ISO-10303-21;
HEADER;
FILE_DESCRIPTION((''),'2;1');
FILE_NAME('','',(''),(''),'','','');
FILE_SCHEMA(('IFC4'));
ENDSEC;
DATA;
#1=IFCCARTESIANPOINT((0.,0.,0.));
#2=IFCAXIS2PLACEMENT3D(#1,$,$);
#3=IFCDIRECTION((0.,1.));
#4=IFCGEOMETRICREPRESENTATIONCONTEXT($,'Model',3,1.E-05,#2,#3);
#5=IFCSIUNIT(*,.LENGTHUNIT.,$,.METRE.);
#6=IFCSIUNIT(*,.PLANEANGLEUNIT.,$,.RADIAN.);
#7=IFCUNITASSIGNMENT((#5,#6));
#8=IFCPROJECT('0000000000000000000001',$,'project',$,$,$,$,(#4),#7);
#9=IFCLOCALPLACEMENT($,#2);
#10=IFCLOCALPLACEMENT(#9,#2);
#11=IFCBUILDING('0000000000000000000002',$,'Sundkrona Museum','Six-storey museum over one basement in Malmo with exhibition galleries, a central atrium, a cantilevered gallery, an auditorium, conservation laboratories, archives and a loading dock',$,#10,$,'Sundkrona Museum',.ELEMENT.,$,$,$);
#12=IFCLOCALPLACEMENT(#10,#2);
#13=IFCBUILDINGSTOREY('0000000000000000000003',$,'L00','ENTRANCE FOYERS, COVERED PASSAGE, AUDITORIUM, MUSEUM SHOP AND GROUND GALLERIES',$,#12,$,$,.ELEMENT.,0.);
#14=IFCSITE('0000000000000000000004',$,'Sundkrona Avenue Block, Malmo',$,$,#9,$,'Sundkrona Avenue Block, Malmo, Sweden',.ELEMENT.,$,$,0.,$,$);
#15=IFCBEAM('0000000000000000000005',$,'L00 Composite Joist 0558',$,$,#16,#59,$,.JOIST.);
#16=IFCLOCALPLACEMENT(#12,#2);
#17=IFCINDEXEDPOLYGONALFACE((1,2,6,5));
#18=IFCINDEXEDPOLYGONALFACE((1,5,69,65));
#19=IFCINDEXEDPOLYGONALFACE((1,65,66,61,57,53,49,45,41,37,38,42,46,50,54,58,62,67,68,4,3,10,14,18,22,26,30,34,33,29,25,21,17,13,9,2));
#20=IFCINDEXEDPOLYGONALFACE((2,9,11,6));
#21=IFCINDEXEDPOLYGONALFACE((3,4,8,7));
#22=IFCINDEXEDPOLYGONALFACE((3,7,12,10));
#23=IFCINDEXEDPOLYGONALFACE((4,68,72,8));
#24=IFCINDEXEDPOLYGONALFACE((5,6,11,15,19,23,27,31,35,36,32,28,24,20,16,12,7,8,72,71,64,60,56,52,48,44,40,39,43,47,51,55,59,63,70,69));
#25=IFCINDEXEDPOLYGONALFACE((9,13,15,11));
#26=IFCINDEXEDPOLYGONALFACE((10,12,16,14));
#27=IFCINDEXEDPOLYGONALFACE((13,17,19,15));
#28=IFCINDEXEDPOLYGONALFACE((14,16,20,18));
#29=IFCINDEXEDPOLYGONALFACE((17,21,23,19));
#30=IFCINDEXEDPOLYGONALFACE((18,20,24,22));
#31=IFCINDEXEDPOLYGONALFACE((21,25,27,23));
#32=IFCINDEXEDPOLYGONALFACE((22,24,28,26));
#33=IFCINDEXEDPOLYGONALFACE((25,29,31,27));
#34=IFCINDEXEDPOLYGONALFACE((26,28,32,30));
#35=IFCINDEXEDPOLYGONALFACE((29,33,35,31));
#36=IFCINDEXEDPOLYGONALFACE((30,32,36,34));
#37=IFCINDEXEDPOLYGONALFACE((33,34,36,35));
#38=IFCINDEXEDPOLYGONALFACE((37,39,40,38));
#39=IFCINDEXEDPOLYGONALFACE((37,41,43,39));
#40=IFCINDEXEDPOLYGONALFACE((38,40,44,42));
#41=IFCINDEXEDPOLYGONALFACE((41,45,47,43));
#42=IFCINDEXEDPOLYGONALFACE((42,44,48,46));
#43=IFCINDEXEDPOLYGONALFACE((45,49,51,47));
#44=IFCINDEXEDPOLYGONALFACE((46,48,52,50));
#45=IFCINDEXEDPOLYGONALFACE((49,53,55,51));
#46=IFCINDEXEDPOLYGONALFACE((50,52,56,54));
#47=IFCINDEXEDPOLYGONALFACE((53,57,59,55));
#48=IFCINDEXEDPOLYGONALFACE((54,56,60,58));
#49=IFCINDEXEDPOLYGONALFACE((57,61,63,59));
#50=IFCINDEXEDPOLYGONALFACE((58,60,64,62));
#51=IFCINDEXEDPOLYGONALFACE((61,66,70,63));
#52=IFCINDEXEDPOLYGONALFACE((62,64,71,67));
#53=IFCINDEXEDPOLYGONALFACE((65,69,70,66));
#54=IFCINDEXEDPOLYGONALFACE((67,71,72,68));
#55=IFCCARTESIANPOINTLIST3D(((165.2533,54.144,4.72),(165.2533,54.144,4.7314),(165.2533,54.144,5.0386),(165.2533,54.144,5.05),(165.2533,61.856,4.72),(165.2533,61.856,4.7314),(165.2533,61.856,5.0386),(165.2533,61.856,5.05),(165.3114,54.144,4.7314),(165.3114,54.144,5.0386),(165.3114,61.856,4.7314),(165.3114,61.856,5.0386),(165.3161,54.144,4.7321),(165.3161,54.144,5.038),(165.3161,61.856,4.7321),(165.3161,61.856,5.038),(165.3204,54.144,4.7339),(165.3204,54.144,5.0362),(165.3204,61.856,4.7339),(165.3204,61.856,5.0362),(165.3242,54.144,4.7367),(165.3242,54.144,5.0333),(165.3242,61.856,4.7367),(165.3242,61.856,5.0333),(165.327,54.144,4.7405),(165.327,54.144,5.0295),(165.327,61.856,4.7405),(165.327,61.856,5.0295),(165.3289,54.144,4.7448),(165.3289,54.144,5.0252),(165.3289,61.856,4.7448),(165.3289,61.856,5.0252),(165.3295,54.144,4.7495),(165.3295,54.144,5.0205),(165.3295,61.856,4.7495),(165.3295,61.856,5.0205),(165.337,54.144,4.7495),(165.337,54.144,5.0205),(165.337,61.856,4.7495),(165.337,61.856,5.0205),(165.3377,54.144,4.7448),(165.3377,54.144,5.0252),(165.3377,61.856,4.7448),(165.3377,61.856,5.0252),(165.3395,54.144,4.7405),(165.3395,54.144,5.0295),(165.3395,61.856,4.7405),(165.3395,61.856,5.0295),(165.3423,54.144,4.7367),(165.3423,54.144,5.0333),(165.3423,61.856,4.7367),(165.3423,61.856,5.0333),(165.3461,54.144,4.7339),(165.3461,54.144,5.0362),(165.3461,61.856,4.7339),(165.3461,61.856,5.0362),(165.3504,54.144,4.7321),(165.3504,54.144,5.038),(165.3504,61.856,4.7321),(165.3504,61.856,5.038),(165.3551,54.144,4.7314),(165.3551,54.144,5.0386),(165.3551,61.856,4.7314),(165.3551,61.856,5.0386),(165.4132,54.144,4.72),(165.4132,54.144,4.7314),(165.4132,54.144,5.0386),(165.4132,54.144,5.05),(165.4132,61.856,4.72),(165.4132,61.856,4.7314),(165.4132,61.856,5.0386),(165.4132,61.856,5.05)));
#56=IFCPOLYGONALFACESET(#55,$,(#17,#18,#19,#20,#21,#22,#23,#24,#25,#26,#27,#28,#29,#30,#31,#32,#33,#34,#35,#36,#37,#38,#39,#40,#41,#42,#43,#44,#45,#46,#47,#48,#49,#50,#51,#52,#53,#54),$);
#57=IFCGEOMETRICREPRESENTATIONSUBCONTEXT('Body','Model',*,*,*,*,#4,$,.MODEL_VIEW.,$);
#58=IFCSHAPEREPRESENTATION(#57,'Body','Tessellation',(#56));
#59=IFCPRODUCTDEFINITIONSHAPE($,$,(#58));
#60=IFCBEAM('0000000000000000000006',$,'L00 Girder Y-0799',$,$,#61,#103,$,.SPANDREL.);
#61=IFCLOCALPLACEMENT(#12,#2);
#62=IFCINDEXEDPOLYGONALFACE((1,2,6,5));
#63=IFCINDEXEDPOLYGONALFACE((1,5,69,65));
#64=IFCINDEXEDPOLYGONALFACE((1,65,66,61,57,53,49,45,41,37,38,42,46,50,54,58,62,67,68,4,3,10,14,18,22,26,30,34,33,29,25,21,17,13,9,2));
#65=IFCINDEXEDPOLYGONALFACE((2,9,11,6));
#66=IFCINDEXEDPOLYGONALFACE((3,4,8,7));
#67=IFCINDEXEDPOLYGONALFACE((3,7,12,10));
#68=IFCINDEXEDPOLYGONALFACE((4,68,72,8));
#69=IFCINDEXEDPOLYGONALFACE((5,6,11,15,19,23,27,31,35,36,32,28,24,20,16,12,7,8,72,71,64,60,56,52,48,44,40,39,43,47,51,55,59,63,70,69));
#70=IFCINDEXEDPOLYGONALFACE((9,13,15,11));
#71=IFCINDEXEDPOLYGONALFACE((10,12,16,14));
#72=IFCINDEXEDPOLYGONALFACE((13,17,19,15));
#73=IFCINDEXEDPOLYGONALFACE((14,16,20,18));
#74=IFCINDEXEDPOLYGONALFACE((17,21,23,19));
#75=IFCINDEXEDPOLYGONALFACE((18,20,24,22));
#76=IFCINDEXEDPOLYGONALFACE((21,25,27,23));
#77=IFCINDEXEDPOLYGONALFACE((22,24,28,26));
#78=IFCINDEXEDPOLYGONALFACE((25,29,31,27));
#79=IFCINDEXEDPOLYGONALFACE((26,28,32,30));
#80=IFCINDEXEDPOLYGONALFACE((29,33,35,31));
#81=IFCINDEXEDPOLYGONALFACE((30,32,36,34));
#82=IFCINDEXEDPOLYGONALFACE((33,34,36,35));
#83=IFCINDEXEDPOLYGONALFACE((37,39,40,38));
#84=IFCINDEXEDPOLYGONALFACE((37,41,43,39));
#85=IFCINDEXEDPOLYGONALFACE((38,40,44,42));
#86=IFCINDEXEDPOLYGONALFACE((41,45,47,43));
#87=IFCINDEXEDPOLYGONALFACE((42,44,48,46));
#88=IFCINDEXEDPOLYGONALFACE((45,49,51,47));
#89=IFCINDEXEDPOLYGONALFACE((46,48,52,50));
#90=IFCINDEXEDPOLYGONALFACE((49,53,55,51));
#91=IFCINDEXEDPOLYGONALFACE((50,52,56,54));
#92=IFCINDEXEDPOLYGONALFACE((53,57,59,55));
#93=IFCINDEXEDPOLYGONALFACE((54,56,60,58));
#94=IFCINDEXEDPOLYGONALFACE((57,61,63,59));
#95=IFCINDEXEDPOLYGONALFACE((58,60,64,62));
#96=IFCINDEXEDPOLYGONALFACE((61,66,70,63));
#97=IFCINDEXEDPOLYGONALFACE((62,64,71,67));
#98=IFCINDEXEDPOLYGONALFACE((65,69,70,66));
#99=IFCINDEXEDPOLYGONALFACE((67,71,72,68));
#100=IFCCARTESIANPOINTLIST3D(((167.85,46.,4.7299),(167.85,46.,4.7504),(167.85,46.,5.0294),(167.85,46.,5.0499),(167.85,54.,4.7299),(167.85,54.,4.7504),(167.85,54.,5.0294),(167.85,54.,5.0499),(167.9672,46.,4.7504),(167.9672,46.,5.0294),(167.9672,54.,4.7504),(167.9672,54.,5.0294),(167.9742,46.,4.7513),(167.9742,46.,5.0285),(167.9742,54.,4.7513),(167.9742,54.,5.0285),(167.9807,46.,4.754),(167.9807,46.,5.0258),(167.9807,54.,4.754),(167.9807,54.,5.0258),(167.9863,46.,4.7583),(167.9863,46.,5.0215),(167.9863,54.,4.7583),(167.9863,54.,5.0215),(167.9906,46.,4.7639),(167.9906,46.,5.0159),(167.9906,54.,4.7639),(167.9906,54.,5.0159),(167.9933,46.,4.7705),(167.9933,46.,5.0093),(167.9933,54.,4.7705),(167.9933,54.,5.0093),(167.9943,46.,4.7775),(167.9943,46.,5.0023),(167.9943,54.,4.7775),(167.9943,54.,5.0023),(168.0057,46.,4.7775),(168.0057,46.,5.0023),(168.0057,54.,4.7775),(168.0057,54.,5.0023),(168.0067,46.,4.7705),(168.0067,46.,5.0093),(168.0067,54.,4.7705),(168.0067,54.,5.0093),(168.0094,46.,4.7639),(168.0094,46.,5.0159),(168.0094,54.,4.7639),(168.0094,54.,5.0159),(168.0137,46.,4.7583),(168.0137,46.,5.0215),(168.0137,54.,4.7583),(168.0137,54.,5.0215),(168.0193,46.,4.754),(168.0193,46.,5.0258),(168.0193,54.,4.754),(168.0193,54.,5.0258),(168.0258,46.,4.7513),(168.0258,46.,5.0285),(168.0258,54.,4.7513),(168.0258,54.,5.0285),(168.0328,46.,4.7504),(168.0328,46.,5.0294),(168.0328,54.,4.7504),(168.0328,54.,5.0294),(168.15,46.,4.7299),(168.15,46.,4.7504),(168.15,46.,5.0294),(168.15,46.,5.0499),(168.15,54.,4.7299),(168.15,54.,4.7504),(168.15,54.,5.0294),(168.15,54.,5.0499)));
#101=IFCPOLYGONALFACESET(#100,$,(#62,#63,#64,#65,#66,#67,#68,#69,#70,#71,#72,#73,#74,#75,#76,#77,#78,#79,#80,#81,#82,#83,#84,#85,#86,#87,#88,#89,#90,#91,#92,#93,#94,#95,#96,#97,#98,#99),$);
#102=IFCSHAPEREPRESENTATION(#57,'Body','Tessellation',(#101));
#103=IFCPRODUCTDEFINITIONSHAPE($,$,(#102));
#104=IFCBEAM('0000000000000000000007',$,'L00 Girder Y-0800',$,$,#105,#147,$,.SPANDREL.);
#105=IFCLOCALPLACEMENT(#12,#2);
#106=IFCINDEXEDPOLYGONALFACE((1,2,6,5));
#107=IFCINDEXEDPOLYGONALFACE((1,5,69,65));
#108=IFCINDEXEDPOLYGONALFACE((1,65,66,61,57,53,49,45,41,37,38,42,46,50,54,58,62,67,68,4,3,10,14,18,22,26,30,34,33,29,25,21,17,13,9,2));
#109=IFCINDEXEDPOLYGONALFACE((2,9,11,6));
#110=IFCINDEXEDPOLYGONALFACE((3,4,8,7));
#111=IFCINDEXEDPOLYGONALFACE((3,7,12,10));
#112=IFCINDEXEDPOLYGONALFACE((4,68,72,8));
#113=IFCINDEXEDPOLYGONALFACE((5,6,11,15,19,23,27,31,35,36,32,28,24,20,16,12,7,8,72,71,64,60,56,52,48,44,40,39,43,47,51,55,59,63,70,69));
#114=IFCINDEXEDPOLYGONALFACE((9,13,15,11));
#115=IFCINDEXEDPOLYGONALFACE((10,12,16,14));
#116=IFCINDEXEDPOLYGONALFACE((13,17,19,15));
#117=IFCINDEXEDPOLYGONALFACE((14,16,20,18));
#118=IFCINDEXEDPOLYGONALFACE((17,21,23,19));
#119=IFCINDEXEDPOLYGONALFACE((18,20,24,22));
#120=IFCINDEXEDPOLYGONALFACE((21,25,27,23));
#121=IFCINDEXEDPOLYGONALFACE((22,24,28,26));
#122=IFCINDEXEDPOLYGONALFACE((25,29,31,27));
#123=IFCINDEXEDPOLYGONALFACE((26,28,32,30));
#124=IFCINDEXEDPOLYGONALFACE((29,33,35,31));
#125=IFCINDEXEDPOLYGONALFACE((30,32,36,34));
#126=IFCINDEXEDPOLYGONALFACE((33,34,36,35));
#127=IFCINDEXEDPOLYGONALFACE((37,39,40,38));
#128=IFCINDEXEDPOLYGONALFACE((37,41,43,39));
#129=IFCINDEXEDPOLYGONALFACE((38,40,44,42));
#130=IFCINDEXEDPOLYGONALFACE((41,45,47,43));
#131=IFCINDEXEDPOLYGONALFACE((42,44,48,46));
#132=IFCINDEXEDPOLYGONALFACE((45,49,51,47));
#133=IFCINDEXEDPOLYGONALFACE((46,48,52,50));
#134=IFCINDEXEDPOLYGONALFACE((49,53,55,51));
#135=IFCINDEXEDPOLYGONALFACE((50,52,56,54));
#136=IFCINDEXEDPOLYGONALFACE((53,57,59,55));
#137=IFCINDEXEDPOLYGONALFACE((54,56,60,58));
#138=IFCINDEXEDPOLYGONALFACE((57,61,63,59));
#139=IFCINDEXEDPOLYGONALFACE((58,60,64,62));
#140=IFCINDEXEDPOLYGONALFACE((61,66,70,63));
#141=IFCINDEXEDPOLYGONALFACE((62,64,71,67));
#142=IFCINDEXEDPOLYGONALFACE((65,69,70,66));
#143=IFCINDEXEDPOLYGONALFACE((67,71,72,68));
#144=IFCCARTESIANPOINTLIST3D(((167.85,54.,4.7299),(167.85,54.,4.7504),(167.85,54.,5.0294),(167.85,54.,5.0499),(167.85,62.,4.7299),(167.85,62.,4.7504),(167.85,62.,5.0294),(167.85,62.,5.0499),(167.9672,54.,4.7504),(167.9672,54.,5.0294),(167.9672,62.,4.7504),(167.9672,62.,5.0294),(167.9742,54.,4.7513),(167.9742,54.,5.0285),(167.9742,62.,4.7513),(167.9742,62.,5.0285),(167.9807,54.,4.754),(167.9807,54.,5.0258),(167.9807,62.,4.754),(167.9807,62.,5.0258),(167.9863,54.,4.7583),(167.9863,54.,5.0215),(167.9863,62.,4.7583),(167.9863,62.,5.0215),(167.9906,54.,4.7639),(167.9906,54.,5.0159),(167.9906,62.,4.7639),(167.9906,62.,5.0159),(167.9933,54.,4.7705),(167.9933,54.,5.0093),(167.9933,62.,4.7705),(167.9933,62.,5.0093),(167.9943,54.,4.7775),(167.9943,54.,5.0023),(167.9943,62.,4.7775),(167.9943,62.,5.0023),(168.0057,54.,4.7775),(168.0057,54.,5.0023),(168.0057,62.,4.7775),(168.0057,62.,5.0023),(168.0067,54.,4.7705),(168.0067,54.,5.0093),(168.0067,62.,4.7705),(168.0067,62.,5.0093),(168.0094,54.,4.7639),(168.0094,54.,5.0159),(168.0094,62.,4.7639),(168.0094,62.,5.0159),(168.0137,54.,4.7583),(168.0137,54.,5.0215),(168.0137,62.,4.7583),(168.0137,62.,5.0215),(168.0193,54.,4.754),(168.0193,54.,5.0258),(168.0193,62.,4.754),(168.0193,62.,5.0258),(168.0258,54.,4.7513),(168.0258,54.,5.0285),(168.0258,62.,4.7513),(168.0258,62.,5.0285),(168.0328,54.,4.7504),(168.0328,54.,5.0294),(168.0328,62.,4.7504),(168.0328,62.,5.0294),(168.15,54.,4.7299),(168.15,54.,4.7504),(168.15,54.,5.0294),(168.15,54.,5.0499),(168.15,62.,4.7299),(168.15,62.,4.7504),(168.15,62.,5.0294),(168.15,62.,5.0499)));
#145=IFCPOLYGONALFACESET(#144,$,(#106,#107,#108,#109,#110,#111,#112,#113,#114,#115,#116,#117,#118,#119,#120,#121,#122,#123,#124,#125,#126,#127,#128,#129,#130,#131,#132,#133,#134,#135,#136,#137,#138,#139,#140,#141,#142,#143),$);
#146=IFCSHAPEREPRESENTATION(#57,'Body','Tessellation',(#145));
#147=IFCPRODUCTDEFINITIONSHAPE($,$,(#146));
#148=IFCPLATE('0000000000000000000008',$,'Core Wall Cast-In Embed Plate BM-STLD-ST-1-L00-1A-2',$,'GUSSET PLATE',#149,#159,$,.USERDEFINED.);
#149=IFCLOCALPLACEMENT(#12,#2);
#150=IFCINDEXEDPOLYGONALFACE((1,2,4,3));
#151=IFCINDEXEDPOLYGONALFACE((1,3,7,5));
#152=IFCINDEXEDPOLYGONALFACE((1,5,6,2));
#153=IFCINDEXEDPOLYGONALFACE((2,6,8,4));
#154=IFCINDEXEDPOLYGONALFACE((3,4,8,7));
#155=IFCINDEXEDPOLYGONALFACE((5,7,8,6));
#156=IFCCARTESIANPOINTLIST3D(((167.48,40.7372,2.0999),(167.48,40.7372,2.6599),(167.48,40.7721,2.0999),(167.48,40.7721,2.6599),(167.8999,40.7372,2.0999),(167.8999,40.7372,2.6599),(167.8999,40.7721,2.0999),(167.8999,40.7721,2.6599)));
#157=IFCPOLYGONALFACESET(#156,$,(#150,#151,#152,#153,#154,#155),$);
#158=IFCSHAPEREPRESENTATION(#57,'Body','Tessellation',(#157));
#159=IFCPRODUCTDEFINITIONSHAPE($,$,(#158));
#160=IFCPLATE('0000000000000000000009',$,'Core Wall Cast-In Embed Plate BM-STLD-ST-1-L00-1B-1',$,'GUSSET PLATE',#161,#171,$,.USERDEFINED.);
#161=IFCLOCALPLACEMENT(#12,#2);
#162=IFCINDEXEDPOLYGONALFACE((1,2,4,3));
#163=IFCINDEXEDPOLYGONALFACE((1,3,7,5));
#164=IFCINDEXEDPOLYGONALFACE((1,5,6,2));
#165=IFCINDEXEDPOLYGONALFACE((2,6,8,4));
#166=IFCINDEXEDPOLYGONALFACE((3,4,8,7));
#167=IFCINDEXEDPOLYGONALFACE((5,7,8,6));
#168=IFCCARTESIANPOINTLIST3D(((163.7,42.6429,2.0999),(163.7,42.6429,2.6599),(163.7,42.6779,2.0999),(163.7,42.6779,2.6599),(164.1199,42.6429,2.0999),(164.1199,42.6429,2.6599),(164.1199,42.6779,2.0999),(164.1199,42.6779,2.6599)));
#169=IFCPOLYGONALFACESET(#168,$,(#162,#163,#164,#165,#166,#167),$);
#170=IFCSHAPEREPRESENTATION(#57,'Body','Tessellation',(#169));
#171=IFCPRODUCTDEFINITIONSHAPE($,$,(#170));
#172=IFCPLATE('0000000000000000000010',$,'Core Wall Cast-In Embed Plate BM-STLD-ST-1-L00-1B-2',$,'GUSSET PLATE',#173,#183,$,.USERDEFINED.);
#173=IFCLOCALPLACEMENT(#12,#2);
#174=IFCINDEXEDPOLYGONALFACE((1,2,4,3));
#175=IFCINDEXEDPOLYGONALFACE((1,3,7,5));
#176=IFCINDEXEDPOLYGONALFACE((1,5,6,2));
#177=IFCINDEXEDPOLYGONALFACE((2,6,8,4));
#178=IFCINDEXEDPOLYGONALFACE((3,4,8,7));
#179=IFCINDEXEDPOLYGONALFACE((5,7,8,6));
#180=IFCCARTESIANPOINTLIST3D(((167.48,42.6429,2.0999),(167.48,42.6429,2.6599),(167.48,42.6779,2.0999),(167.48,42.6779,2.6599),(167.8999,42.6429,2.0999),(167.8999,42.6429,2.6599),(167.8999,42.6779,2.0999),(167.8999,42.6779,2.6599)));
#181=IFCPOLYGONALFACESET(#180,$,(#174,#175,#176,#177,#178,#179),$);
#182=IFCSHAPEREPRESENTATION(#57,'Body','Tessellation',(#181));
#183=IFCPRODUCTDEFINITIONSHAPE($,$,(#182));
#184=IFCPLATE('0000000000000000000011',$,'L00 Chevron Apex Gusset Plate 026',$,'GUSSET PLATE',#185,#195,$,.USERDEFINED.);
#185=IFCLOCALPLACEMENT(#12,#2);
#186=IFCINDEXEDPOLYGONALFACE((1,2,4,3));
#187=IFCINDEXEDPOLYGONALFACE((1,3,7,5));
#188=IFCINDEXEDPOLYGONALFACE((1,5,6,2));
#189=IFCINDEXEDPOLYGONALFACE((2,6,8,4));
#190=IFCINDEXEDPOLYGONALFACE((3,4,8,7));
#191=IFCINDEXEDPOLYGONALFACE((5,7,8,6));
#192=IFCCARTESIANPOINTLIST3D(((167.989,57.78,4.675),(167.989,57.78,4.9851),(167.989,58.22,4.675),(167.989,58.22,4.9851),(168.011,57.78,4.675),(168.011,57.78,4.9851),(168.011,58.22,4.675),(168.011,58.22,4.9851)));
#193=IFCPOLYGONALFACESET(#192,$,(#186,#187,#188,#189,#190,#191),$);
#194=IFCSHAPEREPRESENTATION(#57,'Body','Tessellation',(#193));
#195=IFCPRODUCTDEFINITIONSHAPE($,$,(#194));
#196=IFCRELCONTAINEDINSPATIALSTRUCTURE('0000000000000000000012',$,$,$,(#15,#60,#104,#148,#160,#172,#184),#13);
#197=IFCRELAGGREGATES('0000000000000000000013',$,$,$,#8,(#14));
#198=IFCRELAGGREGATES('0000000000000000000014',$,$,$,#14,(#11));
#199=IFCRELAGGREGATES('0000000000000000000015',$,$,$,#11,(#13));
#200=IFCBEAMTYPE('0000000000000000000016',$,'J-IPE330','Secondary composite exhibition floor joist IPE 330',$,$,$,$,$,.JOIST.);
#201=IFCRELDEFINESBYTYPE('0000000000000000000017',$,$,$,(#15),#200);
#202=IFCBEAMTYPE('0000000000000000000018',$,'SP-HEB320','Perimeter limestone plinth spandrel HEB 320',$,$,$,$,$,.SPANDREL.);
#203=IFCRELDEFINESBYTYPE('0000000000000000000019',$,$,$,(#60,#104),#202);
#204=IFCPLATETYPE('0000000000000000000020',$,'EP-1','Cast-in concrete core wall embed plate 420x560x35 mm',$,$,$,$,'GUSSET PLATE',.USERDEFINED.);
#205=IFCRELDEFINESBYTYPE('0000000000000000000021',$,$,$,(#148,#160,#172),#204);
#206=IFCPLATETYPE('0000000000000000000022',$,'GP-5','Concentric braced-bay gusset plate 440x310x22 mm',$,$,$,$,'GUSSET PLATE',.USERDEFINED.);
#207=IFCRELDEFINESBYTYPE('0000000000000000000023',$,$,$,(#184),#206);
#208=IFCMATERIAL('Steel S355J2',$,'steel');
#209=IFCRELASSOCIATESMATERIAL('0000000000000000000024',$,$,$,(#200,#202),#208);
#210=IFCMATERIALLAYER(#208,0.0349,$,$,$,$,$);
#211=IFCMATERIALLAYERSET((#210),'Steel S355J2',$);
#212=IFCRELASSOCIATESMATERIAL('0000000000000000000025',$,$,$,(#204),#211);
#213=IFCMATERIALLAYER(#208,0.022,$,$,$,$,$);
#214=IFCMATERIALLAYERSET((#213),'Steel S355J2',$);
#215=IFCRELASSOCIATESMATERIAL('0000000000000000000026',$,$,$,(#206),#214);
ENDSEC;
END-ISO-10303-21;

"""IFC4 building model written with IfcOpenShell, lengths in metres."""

from ifc_helpers import new_model, si_unit, direction, frame, origin, origin_2d, place, context, subcontext, project, spatial, rectangle, i_section, extrude, material, layer, layer_set, material_profile, profile_set, type_object, element, save


model = new_model("IFC4")

# Units and contexts
model_context = context("Model", 3, precision=1e-05, world=origin(), true_north=direction((0.0, 1.0)))
body_context = subcontext(model_context, "Body", "Model", "MODEL_VIEW")
ifc_project = project(units=[si_unit("LENGTHUNIT", "METRE"), si_unit("PLANEANGLEUNIT", "RADIAN")], contexts=[model_context])

# Site, building, storey
site_placement = place(None, origin())
site = spatial("IfcSite", under=ifc_project, at=site_placement, Name="Sundkrona Avenue Block, Malmo", LongName="Sundkrona Avenue Block, Malmo, Sweden", CompositionType="ELEMENT", RefElevation=0.0)
building_placement = place(site_placement, origin())
building = spatial("IfcBuilding", under=site, at=building_placement, Name="Sundkrona Museum", Description="Six-storey museum over one basement in Malmo with exhibition galleries, a central atrium, a cantilevered gallery, an auditorium, conservation laboratories, archives and a loading dock", LongName="Sundkrona Museum", CompositionType="ELEMENT")
storey_placement = place(building_placement, origin())
storey = spatial("IfcBuildingStorey", under=building, at=storey_placement, Name="L00", Description="ENTRANCE FOYERS, COVERED PASSAGE, AUDITORIUM, MUSEUM SHOP AND GROUND GALLERIES", CompositionType="ELEMENT", Elevation=0.0)

# Shared definitions
ifc_material_1 = material(Name="Steel S355J2", Category="steel")

# Beams
ifc_material_profile_1 = material_profile(ifc_material_1, i_section(OverallWidth=0.1599, OverallDepth=0.3301, WebThickness=0.0076, FlangeThickness=0.0115, FilletRadius=0.0181, at=origin_2d()), Name="IPE 330")
ifc_profile_set_1 = profile_set([ifc_material_profile_1], Name="Steel S355J2")
beam_type_1 = type_object("IfcBeamType", Name="J-IPE330", Description="Secondary composite exhibition floor joist IPE 330", PredefinedType="JOIST", material=ifc_profile_set_1)
for number, where, z_axis, x_axis, name in (
    (1, (165.3333, 54.144, 4.885), (0.0, 1.0, 0.0), (-1.0, 0.0, 0.0), "L00 Composite Joist 0558"),
):
    element("IfcBeam", number, at=place(storey_placement, frame(where, z_axis=z_axis, x_axis=x_axis)), inside=storey, type_object=beam_type_1, Name=name, PredefinedType="JOIST", context=body_context, shape_type="SweptSolid", body=[
        extrude(i_section(OverallWidth=0.1599, OverallDepth=0.3301, WebThickness=0.0076, FlangeThickness=0.0115, FilletRadius=0.0181, at=origin_2d()), origin(), (0.0, 0.0, 1.0), 7.7119),
    ])
ifc_material_profile_2 = material_profile(ifc_material_1, i_section(OverallWidth=0.3, OverallDepth=0.3201, WebThickness=0.0115, FlangeThickness=0.0205, FilletRadius=0.0271, at=origin_2d()), Name="HEB 320")
ifc_profile_set_2 = profile_set([ifc_material_profile_2], Name="Steel S355J2")
beam_type_2 = type_object("IfcBeamType", Name="SP-HEB320", Description="Perimeter limestone plinth spandrel HEB 320", PredefinedType="SPANDREL", material=ifc_profile_set_2)
for number, where, z_axis, x_axis, name in (
    (2, (168.0, 46.0, 4.8899), (0.0, 1.0, 0.0), (-1.0, 0.0, 0.0), "L00 Girder Y-0799"),
    (3, (168.0, 54.0, 4.8899), (0.0, 1.0, 0.0), (-1.0, 0.0, 0.0), "L00 Girder Y-0800"),
):
    element("IfcBeam", number, at=place(storey_placement, frame(where, z_axis=z_axis, x_axis=x_axis)), inside=storey, type_object=beam_type_2, Name=name, PredefinedType="SPANDREL", context=body_context, shape_type="SweptSolid", body=[
        extrude(i_section(OverallWidth=0.3, OverallDepth=0.3201, WebThickness=0.0115, FlangeThickness=0.0205, FilletRadius=0.0271, at=origin_2d()), origin(), (0.0, 0.0, 1.0), 8.0),
    ])

# Plates
ifc_layer_1 = layer(ifc_material_1, 0.0349)
ifc_layer_set_1 = layer_set([ifc_layer_1], Name="Steel S355J2")
plate_type_1 = type_object("IfcPlateType", Name="EP-1", Description="Cast-in concrete core wall embed plate 420x560x35 mm", ElementType="GUSSET PLATE", PredefinedType="USERDEFINED", material=ifc_layer_set_1)
for number, where, z_axis, x_axis, name in (
    (4, (167.6899, 40.7546, 2.0999), (0.0, 0.0, 1.0), (1.0, 0.0, 0.0), "Core Wall Cast-In Embed Plate BM-STLD-ST-1-L00-1A-2"),
    (5, (163.9099, 42.6604, 2.0999), (0.0, 0.0, 1.0), (1.0, 0.0, 0.0), "Core Wall Cast-In Embed Plate BM-STLD-ST-1-L00-1B-1"),
    (6, (167.6899, 42.6604, 2.0999), (0.0, 0.0, 1.0), (1.0, 0.0, 0.0), "Core Wall Cast-In Embed Plate BM-STLD-ST-1-L00-1B-2"),
):
    element("IfcPlate", number, at=place(storey_placement, frame(where, z_axis=z_axis, x_axis=x_axis)), inside=storey, type_object=plate_type_1, Name=name, ObjectType="GUSSET PLATE", PredefinedType="USERDEFINED", context=body_context, shape_type="SweptSolid", body=[
        extrude(rectangle(XDim=0.4199, YDim=0.0349, at=origin_2d()), origin(), (0.0, 0.0, 1.0), 0.5601),
    ])
ifc_layer_2 = layer(ifc_material_1, 0.022)
ifc_layer_set_2 = layer_set([ifc_layer_2], Name="Steel S355J2")
plate_type_2 = type_object("IfcPlateType", Name="GP-5", Description="Concentric braced-bay gusset plate 440x310x22 mm", ElementType="GUSSET PLATE", PredefinedType="USERDEFINED", material=ifc_layer_set_2)
plate_placement = place(storey_placement, frame((168.0, 58.0, 4.675), z_axis=(0.0, 0.0, 1.0), x_axis=(0.0, 1.0, 0.0)))
element("IfcPlate", 7, at=plate_placement, inside=storey, type_object=plate_type_2, Name="L00 Chevron Apex Gusset Plate 026", ObjectType="GUSSET PLATE", PredefinedType="USERDEFINED", context=body_context, shape_type="SweptSolid", body=[
    extrude(rectangle(XDim=0.4399, YDim=0.022, at=origin_2d()), origin(), (0.0, 0.0, 1.0), 0.3101),
])

save(model, "model.ifc")
